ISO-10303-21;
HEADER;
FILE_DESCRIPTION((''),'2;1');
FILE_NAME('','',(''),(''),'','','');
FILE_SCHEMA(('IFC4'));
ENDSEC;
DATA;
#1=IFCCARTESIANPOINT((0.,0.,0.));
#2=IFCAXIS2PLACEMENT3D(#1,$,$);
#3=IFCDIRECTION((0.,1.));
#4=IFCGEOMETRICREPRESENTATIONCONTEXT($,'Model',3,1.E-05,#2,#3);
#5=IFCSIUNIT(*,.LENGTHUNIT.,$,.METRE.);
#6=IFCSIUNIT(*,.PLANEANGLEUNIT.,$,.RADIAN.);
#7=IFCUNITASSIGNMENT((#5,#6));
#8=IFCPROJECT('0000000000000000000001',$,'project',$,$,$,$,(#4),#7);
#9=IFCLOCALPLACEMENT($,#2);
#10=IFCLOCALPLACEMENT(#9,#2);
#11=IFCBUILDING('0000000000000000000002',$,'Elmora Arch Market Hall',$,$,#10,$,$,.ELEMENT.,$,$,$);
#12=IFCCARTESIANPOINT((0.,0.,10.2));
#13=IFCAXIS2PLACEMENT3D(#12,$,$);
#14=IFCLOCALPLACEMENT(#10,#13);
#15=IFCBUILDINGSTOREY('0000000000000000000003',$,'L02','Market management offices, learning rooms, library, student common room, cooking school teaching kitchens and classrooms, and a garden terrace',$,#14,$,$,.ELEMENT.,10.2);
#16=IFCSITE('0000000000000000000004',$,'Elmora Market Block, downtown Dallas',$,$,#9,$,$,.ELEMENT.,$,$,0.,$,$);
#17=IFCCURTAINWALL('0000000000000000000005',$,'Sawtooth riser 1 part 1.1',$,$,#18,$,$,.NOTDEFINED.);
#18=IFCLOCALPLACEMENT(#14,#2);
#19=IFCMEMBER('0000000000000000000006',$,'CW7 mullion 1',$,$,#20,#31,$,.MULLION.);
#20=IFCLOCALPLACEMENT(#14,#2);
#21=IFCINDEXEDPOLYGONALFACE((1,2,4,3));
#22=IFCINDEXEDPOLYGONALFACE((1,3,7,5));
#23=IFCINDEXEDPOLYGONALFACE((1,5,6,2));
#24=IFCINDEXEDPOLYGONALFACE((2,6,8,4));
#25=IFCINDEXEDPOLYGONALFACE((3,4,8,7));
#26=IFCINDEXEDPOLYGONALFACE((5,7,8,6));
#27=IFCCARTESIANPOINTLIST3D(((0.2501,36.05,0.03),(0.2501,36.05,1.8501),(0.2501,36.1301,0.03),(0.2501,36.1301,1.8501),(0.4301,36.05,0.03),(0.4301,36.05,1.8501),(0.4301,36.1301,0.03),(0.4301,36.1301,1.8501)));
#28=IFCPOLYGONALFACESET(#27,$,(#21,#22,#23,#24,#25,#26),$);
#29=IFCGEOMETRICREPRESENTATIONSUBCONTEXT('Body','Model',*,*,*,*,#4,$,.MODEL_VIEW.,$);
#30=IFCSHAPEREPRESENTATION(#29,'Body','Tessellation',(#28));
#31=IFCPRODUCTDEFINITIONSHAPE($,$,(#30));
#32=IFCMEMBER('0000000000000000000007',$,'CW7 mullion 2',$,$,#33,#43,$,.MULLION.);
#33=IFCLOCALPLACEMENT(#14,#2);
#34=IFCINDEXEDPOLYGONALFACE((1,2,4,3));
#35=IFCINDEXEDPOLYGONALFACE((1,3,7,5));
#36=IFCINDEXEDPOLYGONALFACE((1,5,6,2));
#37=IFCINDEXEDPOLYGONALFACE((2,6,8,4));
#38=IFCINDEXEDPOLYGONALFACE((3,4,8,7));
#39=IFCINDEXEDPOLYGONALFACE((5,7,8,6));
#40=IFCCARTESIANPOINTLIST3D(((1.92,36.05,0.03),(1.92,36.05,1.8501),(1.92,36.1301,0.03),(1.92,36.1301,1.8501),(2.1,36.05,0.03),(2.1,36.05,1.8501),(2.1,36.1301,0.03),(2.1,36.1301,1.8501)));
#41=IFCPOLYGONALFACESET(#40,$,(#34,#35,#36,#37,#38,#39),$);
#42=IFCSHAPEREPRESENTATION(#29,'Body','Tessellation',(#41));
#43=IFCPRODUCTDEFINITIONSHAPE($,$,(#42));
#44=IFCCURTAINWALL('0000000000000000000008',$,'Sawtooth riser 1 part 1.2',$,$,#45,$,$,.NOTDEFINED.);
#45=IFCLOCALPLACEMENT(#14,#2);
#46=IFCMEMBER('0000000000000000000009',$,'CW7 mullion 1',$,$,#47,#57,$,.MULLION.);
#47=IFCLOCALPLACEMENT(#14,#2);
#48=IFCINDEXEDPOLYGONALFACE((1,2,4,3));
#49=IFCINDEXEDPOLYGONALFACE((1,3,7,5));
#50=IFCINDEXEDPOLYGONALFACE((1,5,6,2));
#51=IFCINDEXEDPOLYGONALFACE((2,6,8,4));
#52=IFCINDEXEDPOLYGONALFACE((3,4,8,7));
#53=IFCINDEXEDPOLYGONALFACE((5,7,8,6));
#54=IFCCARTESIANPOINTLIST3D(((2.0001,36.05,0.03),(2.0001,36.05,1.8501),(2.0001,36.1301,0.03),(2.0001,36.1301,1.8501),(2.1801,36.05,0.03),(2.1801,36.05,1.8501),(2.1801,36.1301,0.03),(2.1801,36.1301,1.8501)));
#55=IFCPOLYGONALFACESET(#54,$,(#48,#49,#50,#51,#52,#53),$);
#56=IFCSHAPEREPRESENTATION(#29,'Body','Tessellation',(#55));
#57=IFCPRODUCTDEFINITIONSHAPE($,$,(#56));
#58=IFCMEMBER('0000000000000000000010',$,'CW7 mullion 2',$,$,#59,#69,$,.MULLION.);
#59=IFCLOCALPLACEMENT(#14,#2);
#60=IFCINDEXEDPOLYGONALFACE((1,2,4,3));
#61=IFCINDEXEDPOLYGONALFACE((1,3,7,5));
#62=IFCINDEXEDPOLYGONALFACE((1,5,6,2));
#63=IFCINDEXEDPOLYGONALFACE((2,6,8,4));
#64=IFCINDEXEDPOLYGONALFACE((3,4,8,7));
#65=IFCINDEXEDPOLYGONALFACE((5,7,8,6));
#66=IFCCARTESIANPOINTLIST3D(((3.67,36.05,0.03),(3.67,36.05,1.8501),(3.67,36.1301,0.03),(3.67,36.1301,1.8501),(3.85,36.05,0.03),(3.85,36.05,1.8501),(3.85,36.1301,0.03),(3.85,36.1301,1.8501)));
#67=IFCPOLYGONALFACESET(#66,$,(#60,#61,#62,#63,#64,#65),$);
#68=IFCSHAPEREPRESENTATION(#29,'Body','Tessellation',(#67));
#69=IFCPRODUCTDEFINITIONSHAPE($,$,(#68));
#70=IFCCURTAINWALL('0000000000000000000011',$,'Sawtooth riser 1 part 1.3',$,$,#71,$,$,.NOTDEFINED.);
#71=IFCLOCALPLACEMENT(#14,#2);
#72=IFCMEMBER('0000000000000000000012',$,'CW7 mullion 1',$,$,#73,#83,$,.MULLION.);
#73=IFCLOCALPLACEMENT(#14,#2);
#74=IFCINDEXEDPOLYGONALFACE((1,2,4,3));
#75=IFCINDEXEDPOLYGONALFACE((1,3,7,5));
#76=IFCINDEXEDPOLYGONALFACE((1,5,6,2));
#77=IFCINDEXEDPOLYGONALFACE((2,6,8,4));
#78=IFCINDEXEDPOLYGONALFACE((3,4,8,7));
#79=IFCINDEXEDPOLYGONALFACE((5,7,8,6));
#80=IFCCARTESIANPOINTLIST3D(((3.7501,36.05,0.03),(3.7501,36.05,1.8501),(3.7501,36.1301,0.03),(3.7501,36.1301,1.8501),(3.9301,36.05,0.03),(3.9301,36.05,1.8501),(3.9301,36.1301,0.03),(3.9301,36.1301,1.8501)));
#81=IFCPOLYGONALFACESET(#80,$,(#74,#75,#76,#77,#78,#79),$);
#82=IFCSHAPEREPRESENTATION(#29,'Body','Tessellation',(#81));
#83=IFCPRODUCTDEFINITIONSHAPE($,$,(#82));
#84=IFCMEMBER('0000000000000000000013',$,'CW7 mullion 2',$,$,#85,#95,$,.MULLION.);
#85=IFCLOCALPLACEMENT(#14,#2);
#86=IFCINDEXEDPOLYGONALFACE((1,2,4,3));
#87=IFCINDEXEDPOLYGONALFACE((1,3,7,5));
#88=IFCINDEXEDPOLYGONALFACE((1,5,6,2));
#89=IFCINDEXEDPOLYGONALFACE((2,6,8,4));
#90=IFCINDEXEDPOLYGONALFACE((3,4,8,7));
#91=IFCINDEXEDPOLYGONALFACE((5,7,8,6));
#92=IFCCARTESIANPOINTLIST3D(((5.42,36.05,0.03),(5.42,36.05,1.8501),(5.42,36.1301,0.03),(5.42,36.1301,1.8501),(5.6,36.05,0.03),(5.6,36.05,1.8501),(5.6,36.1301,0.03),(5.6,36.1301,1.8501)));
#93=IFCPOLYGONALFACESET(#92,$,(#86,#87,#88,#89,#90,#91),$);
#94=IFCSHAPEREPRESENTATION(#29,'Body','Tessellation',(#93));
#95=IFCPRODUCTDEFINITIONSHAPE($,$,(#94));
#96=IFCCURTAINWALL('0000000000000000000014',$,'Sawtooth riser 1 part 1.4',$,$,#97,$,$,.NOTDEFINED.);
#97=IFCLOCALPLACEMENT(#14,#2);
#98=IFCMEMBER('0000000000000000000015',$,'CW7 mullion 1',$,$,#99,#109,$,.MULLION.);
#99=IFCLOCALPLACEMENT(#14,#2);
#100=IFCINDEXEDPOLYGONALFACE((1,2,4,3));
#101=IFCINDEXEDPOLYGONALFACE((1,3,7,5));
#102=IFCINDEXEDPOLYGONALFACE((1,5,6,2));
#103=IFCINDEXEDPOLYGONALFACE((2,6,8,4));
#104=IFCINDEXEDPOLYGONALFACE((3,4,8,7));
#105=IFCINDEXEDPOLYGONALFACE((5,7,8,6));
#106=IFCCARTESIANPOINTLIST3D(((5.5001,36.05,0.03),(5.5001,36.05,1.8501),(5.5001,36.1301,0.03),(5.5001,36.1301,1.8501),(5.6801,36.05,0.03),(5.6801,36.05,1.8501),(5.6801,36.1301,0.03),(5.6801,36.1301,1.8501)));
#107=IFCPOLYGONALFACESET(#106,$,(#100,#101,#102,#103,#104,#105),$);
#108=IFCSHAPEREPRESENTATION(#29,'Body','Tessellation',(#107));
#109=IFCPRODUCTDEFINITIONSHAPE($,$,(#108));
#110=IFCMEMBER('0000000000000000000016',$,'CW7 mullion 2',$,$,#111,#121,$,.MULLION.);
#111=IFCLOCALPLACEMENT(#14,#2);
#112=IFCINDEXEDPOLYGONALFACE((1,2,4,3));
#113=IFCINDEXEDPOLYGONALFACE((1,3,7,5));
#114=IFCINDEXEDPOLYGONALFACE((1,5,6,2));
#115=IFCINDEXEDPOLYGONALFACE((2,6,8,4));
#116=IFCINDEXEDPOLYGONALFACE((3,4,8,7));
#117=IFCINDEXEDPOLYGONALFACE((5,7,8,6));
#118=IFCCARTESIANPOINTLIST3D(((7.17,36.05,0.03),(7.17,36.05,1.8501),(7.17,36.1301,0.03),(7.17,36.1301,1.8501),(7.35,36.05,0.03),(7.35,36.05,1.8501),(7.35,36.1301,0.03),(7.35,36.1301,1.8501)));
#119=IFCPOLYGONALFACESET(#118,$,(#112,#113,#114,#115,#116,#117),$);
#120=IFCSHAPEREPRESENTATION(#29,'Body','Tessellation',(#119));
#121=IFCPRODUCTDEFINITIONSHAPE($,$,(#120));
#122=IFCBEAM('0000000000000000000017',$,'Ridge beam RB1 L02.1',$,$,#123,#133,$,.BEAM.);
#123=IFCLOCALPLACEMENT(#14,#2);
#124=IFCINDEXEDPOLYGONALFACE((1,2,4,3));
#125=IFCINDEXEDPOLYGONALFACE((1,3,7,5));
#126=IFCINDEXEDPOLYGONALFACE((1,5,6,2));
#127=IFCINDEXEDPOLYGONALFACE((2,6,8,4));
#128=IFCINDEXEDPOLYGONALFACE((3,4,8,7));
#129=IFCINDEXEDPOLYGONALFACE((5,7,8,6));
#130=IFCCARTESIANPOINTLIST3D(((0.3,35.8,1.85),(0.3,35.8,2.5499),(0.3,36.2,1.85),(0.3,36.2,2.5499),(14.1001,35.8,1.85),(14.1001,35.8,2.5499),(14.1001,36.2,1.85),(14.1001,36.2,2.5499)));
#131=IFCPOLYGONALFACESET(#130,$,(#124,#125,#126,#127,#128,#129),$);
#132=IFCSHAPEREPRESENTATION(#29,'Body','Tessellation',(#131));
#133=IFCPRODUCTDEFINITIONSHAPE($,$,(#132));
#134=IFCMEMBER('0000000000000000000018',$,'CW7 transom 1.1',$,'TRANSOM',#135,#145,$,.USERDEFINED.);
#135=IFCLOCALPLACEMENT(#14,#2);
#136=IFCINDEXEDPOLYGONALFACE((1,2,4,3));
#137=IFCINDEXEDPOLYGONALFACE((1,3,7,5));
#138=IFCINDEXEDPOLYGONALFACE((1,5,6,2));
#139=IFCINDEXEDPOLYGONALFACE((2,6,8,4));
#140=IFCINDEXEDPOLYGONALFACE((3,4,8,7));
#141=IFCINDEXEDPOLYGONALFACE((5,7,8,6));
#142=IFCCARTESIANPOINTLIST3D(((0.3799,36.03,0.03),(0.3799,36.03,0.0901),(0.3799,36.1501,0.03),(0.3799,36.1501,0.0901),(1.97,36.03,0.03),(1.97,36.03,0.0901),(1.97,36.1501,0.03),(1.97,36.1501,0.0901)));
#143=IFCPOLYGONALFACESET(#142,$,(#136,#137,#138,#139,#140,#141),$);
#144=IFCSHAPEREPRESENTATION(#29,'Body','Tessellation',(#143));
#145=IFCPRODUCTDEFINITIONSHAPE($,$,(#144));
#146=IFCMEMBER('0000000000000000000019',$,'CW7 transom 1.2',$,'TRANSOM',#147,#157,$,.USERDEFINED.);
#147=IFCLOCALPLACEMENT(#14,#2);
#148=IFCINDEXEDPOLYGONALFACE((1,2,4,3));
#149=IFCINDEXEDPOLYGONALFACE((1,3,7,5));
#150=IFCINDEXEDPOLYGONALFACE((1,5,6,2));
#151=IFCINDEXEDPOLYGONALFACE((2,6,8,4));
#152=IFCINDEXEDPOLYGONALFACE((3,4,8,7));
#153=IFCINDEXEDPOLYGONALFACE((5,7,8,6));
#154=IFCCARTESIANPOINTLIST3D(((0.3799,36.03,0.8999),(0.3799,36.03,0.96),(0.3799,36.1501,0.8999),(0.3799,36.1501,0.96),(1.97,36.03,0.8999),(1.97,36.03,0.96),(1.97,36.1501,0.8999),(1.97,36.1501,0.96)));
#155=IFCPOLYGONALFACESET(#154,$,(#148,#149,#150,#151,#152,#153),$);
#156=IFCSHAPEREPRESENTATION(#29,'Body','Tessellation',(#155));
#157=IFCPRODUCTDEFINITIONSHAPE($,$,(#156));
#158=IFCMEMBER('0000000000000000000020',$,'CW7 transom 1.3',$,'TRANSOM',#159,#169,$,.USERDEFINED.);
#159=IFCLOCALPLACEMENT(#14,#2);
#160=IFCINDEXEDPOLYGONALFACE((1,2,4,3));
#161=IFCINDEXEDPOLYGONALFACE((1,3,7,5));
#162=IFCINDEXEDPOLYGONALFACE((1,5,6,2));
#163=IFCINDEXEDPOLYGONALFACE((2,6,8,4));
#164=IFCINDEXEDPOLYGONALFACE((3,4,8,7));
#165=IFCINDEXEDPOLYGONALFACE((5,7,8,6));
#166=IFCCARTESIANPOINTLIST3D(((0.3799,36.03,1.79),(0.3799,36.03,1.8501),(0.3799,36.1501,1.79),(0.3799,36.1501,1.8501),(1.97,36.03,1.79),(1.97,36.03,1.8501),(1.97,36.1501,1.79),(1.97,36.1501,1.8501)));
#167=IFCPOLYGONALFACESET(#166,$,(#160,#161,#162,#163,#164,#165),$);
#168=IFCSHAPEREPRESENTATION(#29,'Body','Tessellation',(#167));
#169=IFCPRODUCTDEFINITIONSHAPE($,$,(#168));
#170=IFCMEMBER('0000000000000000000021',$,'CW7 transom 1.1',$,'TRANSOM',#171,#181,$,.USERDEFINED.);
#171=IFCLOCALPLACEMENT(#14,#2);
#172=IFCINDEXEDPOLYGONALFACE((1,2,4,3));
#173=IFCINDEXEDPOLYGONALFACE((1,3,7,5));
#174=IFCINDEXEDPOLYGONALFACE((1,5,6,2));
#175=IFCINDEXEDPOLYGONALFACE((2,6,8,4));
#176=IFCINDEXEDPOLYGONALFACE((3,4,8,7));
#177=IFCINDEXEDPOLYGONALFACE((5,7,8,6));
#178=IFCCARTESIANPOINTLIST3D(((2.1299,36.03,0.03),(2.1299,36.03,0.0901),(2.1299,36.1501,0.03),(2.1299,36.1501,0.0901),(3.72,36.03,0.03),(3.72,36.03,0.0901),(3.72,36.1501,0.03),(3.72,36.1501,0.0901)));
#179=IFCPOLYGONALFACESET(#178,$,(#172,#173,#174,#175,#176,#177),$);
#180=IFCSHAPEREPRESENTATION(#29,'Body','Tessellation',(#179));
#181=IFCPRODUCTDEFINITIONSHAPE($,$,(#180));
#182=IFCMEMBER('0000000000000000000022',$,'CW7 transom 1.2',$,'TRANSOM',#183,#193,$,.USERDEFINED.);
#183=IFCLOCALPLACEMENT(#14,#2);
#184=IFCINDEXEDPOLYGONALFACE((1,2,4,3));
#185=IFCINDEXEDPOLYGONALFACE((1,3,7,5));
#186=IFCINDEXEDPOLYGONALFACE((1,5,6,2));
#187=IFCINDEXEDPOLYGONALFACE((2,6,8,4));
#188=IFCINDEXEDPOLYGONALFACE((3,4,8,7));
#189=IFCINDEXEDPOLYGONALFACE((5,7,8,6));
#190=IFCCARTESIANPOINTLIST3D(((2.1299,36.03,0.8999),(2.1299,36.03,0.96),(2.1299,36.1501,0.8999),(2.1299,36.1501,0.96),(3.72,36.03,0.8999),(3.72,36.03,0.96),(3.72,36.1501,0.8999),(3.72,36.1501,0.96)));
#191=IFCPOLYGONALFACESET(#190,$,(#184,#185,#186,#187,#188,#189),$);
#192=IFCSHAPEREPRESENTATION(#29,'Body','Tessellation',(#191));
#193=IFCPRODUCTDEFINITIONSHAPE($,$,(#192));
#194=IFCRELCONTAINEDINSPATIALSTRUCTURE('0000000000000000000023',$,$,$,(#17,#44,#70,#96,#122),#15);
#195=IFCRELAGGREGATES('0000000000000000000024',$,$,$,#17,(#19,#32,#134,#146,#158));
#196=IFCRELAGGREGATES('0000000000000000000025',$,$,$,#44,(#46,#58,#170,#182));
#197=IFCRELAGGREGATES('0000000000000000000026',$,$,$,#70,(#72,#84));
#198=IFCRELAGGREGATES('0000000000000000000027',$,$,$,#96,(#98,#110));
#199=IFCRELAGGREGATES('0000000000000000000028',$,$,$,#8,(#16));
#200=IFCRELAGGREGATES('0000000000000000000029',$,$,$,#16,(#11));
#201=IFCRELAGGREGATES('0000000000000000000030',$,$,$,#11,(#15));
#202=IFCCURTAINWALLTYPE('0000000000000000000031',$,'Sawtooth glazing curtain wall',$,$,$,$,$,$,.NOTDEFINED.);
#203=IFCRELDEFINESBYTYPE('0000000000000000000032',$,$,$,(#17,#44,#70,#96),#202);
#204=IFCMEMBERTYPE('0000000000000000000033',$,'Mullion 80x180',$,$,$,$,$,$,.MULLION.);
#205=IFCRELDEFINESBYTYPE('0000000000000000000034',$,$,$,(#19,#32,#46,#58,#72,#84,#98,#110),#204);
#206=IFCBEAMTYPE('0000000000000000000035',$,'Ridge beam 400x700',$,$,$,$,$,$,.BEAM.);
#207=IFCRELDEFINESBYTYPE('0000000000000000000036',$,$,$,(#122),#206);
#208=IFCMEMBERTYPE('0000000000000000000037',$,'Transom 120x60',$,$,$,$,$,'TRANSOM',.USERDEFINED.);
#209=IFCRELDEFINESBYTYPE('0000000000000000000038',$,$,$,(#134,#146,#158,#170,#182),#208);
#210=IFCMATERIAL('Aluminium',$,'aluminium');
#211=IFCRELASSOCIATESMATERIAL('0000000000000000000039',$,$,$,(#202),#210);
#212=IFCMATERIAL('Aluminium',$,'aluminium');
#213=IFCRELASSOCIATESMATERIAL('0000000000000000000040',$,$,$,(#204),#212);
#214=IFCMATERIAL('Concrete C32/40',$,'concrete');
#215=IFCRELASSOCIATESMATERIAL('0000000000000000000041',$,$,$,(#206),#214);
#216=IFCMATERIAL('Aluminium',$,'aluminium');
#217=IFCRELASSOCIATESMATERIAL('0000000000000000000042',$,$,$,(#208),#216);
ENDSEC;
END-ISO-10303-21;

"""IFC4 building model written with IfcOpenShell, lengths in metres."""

from ifc_helpers import new_model, si_unit, direction, frame, origin, origin_2d, place, context, subcontext, project, spatial, rectangle, extrude, material, material_profile, profile_set, type_object, element, aggregate, save


model = new_model("IFC4")

# Units and contexts
model_context = context("Model", 3, precision=1e-05, world=origin(), true_north=direction((0.0, 1.0)))
body_context = subcontext(model_context, "Body", "Model", "MODEL_VIEW")
ifc_project = project(units=[si_unit("LENGTHUNIT", "METRE"), si_unit("PLANEANGLEUNIT", "RADIAN")], contexts=[model_context])

# Site, building, storey
site_placement = place(None, origin())
site = spatial("IfcSite", under=ifc_project, at=site_placement, Name="Elmora Market Block, downtown Dallas", CompositionType="ELEMENT", RefElevation=0.0)
building_placement = place(site_placement, origin())
building = spatial("IfcBuilding", under=site, at=building_placement, Name="Elmora Arch Market Hall", CompositionType="ELEMENT")
storey_placement = place(building_placement, frame((0.0, 0.0, 10.2)))
storey = spatial("IfcBuildingStorey", under=building, at=storey_placement, Name="L02", Description="Market management offices, learning rooms, library, student common room, cooking school teaching kitchens and classrooms, and a garden terrace", CompositionType="ELEMENT", Elevation=10.2)

# Curtain walls, members
ifc_material_1 = material(Name="Aluminium", Category="aluminium")
curtain_wall_type = type_object("IfcCurtainWallType", Name="Sawtooth glazing curtain wall", PredefinedType="NOTDEFINED", material=ifc_material_1)
curtain_wall_1_placement = place(storey_placement, origin())
curtain_wall_1 = element("IfcCurtainWall", 1, at=curtain_wall_1_placement, inside=storey, type_object=curtain_wall_type, Name="Sawtooth riser 1 part 1.1", PredefinedType="NOTDEFINED")
ifc_material_2 = material(Name="Aluminium", Category="aluminium")
ifc_material_profile_1 = material_profile(ifc_material_2, rectangle(XDim=0.0801, YDim=0.1799, at=origin_2d()), Name="AL 80x180")
ifc_profile_set_1 = profile_set([ifc_material_profile_1], Name="Aluminium")
member_type_1 = type_object("IfcMemberType", Name="Mullion 80x180", PredefinedType="MULLION", material=ifc_profile_set_1)
member_1_placement = place(storey_placement, frame((0.3401, 36.0901, 0.03), z_axis=(0.0, 0.0, 1.0), x_axis=(0.0, 1.0, 0.0)))
member_1 = element("IfcMember", 2, at=member_1_placement, type_object=member_type_1, Name="CW7 mullion 1", PredefinedType="MULLION", context=body_context, shape_type="SweptSolid", body=[
    extrude(rectangle(XDim=0.0801, YDim=0.1799, at=origin_2d()), origin(), (0.0, 0.0, 1.0), 1.8201),
])
member_2_placement = place(storey_placement, frame((2.01, 36.0901, 0.03), z_axis=(0.0, 0.0, 1.0), x_axis=(0.0, 1.0, 0.0)))
member_2 = element("IfcMember", 3, at=member_2_placement, type_object=member_type_1, Name="CW7 mullion 2", PredefinedType="MULLION", context=body_context, shape_type="SweptSolid", body=[
    extrude(rectangle(XDim=0.0801, YDim=0.1799, at=origin_2d()), origin(), (0.0, 0.0, 1.0), 1.8201),
])
curtain_wall_2_placement = place(storey_placement, origin())
curtain_wall_2 = element("IfcCurtainWall", 4, at=curtain_wall_2_placement, inside=storey, type_object=curtain_wall_type, Name="Sawtooth riser 1 part 1.2", PredefinedType="NOTDEFINED")
member_3_placement = place(storey_placement, frame((2.0901, 36.0901, 0.03), z_axis=(0.0, 0.0, 1.0), x_axis=(0.0, 1.0, 0.0)))
member_3 = element("IfcMember", 5, at=member_3_placement, type_object=member_type_1, Name="CW7 mullion 1", PredefinedType="MULLION", context=body_context, shape_type="SweptSolid", body=[
    extrude(rectangle(XDim=0.0801, YDim=0.1799, at=origin_2d()), origin(), (0.0, 0.0, 1.0), 1.8201),
])
member_4_placement = place(storey_placement, frame((3.76, 36.0901, 0.03), z_axis=(0.0, 0.0, 1.0), x_axis=(0.0, 1.0, 0.0)))
member_4 = element("IfcMember", 6, at=member_4_placement, type_object=member_type_1, Name="CW7 mullion 2", PredefinedType="MULLION", context=body_context, shape_type="SweptSolid", body=[
    extrude(rectangle(XDim=0.0801, YDim=0.1799, at=origin_2d()), origin(), (0.0, 0.0, 1.0), 1.8201),
])
curtain_wall_3_placement = place(storey_placement, origin())
curtain_wall_3 = element("IfcCurtainWall", 7, at=curtain_wall_3_placement, inside=storey, type_object=curtain_wall_type, Name="Sawtooth riser 1 part 1.3", PredefinedType="NOTDEFINED")
member_5_placement = place(storey_placement, frame((3.8401, 36.0901, 0.03), z_axis=(0.0, 0.0, 1.0), x_axis=(0.0, 1.0, 0.0)))
member_5 = element("IfcMember", 8, at=member_5_placement, type_object=member_type_1, Name="CW7 mullion 1", PredefinedType="MULLION", context=body_context, shape_type="SweptSolid", body=[
    extrude(rectangle(XDim=0.0801, YDim=0.1799, at=origin_2d()), origin(), (0.0, 0.0, 1.0), 1.8201),
])
member_6_placement = place(storey_placement, frame((5.51, 36.0901, 0.03), z_axis=(0.0, 0.0, 1.0), x_axis=(0.0, 1.0, 0.0)))
member_6 = element("IfcMember", 9, at=member_6_placement, type_object=member_type_1, Name="CW7 mullion 2", PredefinedType="MULLION", context=body_context, shape_type="SweptSolid", body=[
    extrude(rectangle(XDim=0.0801, YDim=0.1799, at=origin_2d()), origin(), (0.0, 0.0, 1.0), 1.8201),
])
curtain_wall_4_placement = place(storey_placement, origin())
curtain_wall_4 = element("IfcCurtainWall", 10, at=curtain_wall_4_placement, inside=storey, type_object=curtain_wall_type, Name="Sawtooth riser 1 part 1.4", PredefinedType="NOTDEFINED")
member_7_placement = place(storey_placement, frame((5.5901, 36.0901, 0.03), z_axis=(0.0, 0.0, 1.0), x_axis=(0.0, 1.0, 0.0)))
member_7 = element("IfcMember", 11, at=member_7_placement, type_object=member_type_1, Name="CW7 mullion 1", PredefinedType="MULLION", context=body_context, shape_type="SweptSolid", body=[
    extrude(rectangle(XDim=0.0801, YDim=0.1799, at=origin_2d()), origin(), (0.0, 0.0, 1.0), 1.8201),
])
member_8_placement = place(storey_placement, frame((7.26, 36.0901, 0.03), z_axis=(0.0, 0.0, 1.0), x_axis=(0.0, 1.0, 0.0)))
member_8 = element("IfcMember", 12, at=member_8_placement, type_object=member_type_1, Name="CW7 mullion 2", PredefinedType="MULLION", context=body_context, shape_type="SweptSolid", body=[
    extrude(rectangle(XDim=0.0801, YDim=0.1799, at=origin_2d()), origin(), (0.0, 0.0, 1.0), 1.8201),
])

# Beam
ifc_material_3 = material(Name="Concrete C32/40", Category="concrete")
ifc_material_profile_2 = material_profile(ifc_material_3, rectangle(XDim=0.3999, YDim=0.7, at=origin_2d()), Name="Ridge beam 400x700")
ifc_profile_set_2 = profile_set([ifc_material_profile_2], Name="Concrete C32/40")
beam_type = type_object("IfcBeamType", Name="Ridge beam 400x700", PredefinedType="BEAM", material=ifc_profile_set_2)
beam_placement = place(storey_placement, frame((0.3, 36.0, 2.2), z_axis=(1.0, 0.0, 0.0), x_axis=(0.0, 1.0, 0.0)))
element("IfcBeam", 13, at=beam_placement, inside=storey, type_object=beam_type, Name="Ridge beam RB1 L02.1", PredefinedType="BEAM", context=body_context, shape_type="SweptSolid", body=[
    extrude(rectangle(XDim=0.3999, YDim=0.7, at=origin_2d()), origin(), (0.0, 0.0, 1.0), 13.8),
])

# Members
ifc_material_4 = material(Name="Aluminium", Category="aluminium")
ifc_material_profile_3 = material_profile(ifc_material_4, rectangle(XDim=0.1201, YDim=0.0601, at=origin_2d()), Name="AL 120x60")
ifc_profile_set_3 = profile_set([ifc_material_profile_3], Name="Aluminium")
member_type_2 = type_object("IfcMemberType", Name="Transom 120x60", ElementType="TRANSOM", PredefinedType="USERDEFINED", material=ifc_profile_set_3)
member_9_placement = place(storey_placement, frame((0.3799, 36.0901, 0.0601), z_axis=(1.0, 0.0, 0.0), x_axis=(0.0, 1.0, 0.0)))
member_9 = element("IfcMember", 14, at=member_9_placement, type_object=member_type_2, Name="CW7 transom 1.1", ObjectType="TRANSOM", PredefinedType="USERDEFINED", context=body_context, shape_type="SweptSolid", body=[
    extrude(rectangle(XDim=0.1201, YDim=0.0601, at=origin_2d()), origin(), (0.0, 0.0, 1.0), 1.5901),
])
member_10_placement = place(storey_placement, frame((0.3799, 36.0901, 0.9299), z_axis=(1.0, 0.0, 0.0), x_axis=(0.0, 1.0, 0.0)))
member_10 = element("IfcMember", 15, at=member_10_placement, type_object=member_type_2, Name="CW7 transom 1.2", ObjectType="TRANSOM", PredefinedType="USERDEFINED", context=body_context, shape_type="SweptSolid", body=[
    extrude(rectangle(XDim=0.1201, YDim=0.0601, at=origin_2d()), origin(), (0.0, 0.0, 1.0), 1.5901),
])
member_11_placement = place(storey_placement, frame((0.3799, 36.0901, 1.8201), z_axis=(1.0, 0.0, 0.0), x_axis=(0.0, 1.0, 0.0)))
member_11 = element("IfcMember", 16, at=member_11_placement, type_object=member_type_2, Name="CW7 transom 1.3", ObjectType="TRANSOM", PredefinedType="USERDEFINED", context=body_context, shape_type="SweptSolid", body=[
    extrude(rectangle(XDim=0.1201, YDim=0.0601, at=origin_2d()), origin(), (0.0, 0.0, 1.0), 1.5901),
])
member_12_placement = place(storey_placement, frame((2.1299, 36.0901, 0.0601), z_axis=(1.0, 0.0, 0.0), x_axis=(0.0, 1.0, 0.0)))
member_12 = element("IfcMember", 17, at=member_12_placement, type_object=member_type_2, Name="CW7 transom 1.1", ObjectType="TRANSOM", PredefinedType="USERDEFINED", context=body_context, shape_type="SweptSolid", body=[
    extrude(rectangle(XDim=0.1201, YDim=0.0601, at=origin_2d()), origin(), (0.0, 0.0, 1.0), 1.5901),
])
member_13_placement = place(storey_placement, frame((2.1299, 36.0901, 0.9299), z_axis=(1.0, 0.0, 0.0), x_axis=(0.0, 1.0, 0.0)))
member_13 = element("IfcMember", 18, at=member_13_placement, type_object=member_type_2, Name="CW7 transom 1.2", ObjectType="TRANSOM", PredefinedType="USERDEFINED", context=body_context, shape_type="SweptSolid", body=[
    extrude(rectangle(XDim=0.1201, YDim=0.0601, at=origin_2d()), origin(), (0.0, 0.0, 1.0), 1.5901),
])

aggregate(curtain_wall_1, [member_1, member_2, member_9, member_10, member_11])
aggregate(curtain_wall_2, [member_3, member_4, member_12, member_13])
aggregate(curtain_wall_3, [member_5, member_6])
aggregate(curtain_wall_4, [member_7, member_8])

save(model, "model.ifc")
